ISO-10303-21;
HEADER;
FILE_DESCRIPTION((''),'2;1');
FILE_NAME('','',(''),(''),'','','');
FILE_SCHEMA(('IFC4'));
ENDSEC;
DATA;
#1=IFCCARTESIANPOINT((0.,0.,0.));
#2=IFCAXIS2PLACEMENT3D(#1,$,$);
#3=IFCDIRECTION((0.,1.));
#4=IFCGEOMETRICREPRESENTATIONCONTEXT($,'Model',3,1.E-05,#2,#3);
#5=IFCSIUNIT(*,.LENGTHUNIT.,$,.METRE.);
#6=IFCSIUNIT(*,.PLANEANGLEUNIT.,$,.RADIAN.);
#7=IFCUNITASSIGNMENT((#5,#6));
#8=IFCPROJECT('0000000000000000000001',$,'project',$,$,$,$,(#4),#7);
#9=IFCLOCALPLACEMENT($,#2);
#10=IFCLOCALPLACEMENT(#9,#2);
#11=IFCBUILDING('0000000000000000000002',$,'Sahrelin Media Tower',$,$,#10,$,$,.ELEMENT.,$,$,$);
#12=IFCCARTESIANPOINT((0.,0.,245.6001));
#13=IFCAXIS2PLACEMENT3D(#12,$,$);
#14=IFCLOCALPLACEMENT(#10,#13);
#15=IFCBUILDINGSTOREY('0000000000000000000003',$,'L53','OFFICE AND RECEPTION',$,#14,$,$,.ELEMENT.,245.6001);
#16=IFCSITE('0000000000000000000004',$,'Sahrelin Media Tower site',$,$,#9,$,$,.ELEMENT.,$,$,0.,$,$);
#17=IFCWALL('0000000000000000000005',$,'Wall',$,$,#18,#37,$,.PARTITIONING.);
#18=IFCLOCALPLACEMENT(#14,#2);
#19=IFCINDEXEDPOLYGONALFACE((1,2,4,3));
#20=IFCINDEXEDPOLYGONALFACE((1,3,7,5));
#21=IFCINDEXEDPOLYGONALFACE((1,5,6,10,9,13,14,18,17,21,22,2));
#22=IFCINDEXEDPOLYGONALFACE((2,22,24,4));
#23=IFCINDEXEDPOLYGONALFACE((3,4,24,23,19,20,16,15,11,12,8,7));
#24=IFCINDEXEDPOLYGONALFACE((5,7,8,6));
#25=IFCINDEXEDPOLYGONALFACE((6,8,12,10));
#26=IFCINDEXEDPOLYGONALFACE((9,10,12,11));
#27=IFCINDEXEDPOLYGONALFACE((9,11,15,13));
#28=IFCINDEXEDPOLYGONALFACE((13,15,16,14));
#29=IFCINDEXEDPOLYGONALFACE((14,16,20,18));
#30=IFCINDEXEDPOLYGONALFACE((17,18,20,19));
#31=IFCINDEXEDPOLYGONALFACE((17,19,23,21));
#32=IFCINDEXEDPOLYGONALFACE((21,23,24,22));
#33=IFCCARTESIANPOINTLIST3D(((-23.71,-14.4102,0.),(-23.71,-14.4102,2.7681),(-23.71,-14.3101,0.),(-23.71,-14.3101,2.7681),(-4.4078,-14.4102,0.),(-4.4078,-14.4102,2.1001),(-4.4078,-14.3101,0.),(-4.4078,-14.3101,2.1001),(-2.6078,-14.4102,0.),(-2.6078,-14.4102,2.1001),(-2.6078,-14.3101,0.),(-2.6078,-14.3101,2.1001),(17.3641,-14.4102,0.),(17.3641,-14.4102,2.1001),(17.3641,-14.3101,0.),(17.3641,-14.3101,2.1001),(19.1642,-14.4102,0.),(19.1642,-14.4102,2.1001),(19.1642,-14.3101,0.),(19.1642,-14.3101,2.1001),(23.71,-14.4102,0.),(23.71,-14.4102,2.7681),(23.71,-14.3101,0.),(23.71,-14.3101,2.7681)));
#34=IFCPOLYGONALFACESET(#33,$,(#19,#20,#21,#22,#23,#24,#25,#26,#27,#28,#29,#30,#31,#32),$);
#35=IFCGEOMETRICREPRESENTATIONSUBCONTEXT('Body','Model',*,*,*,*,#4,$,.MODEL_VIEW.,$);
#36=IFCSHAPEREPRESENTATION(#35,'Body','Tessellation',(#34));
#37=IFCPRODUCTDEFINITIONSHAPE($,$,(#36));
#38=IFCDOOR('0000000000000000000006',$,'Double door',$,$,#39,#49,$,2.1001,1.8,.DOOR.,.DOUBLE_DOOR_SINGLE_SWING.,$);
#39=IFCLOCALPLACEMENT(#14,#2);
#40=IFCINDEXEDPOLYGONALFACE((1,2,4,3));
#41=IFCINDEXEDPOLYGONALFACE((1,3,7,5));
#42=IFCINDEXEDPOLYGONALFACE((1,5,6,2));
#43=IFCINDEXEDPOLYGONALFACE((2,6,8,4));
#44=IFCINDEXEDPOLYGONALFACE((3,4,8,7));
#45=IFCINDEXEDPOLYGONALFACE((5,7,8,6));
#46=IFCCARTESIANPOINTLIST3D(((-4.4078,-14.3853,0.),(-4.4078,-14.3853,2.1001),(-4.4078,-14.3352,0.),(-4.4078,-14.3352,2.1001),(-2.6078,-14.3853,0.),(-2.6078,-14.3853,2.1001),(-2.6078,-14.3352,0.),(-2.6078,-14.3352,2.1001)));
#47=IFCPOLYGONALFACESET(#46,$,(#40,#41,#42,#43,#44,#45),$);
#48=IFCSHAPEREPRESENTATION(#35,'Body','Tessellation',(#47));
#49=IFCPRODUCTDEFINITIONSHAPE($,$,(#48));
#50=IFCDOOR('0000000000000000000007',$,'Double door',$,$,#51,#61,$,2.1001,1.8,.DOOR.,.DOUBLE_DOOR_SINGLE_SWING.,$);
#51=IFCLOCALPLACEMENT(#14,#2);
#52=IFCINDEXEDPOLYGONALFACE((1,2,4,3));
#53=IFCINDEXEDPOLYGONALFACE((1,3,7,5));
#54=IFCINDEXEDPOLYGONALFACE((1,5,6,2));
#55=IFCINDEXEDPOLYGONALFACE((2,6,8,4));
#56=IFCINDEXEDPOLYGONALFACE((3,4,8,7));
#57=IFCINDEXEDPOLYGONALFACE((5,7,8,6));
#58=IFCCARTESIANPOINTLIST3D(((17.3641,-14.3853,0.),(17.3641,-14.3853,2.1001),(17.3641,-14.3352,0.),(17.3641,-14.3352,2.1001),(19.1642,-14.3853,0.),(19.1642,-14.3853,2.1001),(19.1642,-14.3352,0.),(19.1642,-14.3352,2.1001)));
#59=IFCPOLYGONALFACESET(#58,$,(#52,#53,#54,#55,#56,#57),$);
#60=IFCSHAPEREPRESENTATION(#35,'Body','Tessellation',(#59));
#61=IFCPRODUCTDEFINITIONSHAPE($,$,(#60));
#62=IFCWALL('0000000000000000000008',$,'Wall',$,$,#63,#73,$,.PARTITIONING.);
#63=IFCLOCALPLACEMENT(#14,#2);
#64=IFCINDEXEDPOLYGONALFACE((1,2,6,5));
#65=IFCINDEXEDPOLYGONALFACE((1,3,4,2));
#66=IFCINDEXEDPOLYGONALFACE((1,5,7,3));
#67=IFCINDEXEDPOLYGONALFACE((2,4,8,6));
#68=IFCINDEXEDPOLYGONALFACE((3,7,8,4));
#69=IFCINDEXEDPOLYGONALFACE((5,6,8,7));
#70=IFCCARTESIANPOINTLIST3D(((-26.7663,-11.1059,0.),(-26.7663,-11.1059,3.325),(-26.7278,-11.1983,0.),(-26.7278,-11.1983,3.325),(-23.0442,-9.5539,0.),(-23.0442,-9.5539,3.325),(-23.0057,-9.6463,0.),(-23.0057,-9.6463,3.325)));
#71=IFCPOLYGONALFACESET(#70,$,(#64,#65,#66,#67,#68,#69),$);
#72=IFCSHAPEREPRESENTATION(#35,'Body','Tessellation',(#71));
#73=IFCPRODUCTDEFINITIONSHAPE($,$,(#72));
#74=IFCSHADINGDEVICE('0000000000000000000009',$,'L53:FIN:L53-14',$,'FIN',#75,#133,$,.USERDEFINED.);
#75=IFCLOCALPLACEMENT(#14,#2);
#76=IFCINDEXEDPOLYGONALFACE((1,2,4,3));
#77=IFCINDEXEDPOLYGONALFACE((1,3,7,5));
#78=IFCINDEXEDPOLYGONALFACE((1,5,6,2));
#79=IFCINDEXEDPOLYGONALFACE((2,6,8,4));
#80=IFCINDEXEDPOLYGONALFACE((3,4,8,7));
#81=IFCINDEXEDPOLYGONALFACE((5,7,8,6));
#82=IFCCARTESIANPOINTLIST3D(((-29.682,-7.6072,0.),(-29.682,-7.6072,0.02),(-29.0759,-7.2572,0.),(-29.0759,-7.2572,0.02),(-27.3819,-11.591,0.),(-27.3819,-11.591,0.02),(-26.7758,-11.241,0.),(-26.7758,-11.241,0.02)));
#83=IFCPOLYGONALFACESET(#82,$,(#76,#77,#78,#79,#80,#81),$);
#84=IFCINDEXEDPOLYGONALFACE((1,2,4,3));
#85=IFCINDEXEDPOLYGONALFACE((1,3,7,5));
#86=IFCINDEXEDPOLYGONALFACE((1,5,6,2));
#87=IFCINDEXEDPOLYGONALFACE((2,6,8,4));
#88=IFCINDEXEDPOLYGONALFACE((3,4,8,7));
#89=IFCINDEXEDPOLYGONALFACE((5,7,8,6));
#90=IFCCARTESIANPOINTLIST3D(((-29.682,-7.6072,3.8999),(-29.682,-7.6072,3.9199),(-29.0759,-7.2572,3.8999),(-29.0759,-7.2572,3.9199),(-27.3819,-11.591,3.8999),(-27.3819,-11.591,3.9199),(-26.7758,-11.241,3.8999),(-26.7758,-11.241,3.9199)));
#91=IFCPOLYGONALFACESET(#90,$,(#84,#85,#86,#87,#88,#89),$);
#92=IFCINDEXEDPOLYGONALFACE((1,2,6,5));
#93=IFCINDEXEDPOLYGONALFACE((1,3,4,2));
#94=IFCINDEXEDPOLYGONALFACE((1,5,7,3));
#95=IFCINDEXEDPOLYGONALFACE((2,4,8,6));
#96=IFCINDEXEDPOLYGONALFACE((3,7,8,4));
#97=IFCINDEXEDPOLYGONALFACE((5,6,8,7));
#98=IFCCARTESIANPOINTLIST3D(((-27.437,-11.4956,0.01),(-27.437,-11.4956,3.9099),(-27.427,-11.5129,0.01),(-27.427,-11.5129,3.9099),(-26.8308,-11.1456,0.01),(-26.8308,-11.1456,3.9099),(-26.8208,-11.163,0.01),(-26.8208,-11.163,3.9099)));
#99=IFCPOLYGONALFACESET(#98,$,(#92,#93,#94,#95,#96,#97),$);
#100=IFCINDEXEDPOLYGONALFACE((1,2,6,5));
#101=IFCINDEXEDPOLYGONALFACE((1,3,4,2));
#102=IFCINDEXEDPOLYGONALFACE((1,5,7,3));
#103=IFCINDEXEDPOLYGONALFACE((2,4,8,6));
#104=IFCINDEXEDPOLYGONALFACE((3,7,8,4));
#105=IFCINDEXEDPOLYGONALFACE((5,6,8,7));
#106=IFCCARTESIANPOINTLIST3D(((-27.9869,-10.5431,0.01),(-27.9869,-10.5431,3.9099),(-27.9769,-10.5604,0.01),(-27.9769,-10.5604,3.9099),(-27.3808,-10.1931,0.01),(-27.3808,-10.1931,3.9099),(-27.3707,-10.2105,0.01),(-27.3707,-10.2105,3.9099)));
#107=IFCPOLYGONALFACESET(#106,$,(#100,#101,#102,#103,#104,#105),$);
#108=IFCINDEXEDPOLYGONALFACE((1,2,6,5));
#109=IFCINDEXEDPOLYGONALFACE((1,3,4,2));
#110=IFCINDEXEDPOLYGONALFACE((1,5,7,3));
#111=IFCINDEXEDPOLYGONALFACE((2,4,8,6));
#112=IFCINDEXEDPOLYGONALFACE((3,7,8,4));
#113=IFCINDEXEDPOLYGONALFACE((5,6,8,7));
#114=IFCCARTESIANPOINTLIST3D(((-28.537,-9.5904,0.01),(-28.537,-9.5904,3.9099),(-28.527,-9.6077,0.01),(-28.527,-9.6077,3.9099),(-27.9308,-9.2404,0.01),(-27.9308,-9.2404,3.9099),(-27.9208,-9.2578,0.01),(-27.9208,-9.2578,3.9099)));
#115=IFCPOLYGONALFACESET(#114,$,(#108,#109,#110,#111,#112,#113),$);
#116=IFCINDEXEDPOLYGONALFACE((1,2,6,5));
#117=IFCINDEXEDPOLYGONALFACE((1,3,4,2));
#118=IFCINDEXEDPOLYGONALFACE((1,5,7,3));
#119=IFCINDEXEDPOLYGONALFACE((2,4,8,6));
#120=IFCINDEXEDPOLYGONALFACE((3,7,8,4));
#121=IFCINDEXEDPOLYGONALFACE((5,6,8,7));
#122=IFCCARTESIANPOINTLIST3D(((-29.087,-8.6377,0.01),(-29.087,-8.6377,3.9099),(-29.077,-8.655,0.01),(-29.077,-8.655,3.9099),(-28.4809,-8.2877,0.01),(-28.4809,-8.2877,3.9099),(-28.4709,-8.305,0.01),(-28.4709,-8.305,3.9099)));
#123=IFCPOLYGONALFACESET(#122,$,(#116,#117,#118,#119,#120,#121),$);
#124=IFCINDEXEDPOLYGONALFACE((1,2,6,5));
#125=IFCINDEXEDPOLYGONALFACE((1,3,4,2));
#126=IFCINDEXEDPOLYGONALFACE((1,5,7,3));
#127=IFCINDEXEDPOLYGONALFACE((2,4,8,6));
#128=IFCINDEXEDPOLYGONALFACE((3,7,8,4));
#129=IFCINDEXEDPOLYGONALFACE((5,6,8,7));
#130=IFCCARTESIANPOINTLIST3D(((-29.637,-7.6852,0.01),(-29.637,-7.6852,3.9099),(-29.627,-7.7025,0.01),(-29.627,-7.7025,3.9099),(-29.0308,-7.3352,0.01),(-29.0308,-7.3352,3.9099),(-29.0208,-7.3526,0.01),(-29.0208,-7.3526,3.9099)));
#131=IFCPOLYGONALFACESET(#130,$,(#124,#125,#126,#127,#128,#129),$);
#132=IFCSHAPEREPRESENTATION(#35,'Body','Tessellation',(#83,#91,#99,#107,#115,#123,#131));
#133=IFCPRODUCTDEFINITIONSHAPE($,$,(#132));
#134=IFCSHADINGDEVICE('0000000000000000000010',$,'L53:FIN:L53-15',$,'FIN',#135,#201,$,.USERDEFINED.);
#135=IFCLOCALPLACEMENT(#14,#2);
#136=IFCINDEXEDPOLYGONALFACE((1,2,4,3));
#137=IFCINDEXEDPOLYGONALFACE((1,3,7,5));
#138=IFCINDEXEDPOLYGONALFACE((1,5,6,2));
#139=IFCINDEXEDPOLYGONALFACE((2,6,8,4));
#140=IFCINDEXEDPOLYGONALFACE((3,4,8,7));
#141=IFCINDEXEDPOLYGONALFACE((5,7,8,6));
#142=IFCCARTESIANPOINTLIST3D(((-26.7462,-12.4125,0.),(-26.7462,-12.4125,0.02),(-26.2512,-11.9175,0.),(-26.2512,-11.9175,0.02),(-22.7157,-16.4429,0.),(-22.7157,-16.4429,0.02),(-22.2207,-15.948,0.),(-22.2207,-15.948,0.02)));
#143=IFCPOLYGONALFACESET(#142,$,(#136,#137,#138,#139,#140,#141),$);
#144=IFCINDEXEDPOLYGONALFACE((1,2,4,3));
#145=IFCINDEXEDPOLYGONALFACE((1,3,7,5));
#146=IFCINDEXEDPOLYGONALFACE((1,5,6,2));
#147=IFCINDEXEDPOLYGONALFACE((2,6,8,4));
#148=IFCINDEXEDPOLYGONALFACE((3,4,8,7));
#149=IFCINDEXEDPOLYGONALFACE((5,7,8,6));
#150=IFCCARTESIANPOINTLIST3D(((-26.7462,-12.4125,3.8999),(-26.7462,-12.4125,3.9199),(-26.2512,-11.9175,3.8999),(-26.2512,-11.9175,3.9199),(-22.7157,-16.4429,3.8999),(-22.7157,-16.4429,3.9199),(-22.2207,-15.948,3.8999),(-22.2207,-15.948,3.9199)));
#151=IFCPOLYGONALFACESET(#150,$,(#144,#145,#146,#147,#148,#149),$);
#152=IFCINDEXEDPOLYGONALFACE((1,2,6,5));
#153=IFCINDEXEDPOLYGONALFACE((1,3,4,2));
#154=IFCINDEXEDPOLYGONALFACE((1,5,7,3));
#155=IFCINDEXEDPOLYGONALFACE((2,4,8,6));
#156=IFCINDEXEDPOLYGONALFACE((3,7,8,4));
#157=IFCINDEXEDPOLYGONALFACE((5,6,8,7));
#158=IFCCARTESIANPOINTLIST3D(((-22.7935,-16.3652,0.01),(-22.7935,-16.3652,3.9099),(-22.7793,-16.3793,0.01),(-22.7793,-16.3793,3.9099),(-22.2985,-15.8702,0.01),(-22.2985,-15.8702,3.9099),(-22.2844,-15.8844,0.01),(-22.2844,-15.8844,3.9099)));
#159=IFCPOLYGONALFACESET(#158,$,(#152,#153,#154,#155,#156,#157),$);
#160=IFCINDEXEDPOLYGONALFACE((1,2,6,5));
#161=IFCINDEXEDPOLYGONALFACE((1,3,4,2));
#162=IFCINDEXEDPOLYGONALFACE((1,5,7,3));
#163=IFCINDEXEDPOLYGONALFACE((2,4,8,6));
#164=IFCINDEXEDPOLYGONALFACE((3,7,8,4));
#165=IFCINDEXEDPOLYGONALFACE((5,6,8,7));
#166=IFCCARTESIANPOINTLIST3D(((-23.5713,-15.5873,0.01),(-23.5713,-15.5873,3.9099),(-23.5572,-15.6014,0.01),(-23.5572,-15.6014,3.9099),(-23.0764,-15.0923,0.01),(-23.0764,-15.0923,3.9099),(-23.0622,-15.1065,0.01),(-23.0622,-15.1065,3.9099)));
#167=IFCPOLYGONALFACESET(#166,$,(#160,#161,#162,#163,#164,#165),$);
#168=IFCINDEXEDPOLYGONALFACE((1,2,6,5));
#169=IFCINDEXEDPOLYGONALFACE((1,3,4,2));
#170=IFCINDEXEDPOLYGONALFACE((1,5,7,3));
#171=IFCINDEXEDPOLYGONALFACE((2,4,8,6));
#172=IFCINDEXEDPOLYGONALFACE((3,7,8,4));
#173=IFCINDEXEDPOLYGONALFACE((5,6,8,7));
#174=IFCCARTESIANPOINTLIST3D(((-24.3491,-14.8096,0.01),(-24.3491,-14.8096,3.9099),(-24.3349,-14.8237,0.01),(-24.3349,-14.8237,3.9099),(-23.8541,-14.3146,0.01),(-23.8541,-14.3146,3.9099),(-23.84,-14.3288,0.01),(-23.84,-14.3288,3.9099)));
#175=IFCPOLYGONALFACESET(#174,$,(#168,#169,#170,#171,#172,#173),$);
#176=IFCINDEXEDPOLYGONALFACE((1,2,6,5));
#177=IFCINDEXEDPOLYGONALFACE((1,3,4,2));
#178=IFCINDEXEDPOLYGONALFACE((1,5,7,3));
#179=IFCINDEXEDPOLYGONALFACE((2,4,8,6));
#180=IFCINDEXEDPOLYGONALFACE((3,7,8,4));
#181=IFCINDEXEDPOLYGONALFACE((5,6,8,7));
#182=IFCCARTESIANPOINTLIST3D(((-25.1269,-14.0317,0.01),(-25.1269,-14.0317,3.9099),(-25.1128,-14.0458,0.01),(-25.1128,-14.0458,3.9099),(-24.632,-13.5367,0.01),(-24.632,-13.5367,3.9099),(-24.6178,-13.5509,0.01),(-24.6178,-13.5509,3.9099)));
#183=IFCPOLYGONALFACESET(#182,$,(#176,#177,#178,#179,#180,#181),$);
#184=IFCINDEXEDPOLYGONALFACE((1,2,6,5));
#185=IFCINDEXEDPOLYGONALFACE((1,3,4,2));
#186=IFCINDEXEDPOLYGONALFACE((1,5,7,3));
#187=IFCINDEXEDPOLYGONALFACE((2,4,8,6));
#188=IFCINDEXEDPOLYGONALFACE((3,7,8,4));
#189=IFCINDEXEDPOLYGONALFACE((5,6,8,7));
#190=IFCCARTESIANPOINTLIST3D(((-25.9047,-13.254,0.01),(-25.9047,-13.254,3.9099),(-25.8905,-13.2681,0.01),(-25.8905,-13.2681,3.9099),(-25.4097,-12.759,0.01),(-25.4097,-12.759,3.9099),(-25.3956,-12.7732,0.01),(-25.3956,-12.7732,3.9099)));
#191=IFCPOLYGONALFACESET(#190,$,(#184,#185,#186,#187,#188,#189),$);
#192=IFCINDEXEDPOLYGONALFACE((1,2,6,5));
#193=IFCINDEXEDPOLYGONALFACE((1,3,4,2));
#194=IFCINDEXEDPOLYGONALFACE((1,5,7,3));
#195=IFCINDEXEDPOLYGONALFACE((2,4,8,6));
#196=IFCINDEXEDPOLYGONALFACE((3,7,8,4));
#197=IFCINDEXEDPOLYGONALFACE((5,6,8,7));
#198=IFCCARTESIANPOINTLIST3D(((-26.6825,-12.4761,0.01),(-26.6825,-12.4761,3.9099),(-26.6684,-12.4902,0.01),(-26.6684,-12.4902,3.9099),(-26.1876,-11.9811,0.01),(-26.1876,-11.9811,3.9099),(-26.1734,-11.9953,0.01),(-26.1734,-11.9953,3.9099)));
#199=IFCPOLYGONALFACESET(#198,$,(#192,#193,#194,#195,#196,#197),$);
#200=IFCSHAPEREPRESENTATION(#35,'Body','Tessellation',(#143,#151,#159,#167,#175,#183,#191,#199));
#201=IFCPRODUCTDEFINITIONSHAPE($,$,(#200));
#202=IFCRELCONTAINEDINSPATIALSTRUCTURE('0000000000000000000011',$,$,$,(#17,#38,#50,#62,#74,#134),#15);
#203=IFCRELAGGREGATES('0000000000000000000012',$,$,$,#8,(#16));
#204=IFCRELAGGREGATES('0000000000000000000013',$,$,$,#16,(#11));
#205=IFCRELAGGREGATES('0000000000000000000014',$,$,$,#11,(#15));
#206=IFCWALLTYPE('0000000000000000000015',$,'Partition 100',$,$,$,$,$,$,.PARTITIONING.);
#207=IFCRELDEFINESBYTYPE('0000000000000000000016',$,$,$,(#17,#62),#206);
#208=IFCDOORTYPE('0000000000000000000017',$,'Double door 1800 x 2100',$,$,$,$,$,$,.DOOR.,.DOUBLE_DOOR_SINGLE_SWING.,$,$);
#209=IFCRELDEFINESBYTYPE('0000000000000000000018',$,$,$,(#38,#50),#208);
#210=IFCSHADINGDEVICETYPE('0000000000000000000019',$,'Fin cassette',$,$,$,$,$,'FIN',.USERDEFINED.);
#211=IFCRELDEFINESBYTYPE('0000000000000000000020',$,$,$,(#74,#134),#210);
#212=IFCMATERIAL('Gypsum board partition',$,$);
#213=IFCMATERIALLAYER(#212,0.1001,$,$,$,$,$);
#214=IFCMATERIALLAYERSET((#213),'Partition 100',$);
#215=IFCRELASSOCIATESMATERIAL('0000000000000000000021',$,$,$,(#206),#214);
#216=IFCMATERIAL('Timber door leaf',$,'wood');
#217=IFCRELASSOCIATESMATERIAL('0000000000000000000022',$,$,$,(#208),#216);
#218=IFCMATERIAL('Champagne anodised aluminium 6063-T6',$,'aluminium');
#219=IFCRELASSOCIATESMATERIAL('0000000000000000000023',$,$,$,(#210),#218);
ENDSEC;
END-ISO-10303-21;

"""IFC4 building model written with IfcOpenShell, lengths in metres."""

from ifc_helpers import new_model, si_unit, direction, frame, frame_2d, origin, origin_2d, place, context, subcontext, project, spatial, rectangle, extrude, material, layer, layer_set, type_object, element, fill, save


model = new_model("IFC4")

# Units and contexts
model_context = context("Model", 3, precision=1e-05, world=origin(), true_north=direction((0.0, 1.0)))
body_context = subcontext(model_context, "Body", "Model", "MODEL_VIEW")
ifc_project = project(units=[si_unit("LENGTHUNIT", "METRE"), si_unit("PLANEANGLEUNIT", "RADIAN")], contexts=[model_context])

# Site, building, storey
site_placement = place(None, origin())
site = spatial("IfcSite", under=ifc_project, at=site_placement, Name="Sahrelin Media Tower site", CompositionType="ELEMENT", RefElevation=0.0)
building_placement = place(site_placement, origin())
building = spatial("IfcBuilding", under=site, at=building_placement, Name="Sahrelin Media Tower", CompositionType="ELEMENT")
storey_placement = place(building_placement, frame((0.0, 0.0, 245.6001)))
storey = spatial("IfcBuildingStorey", under=building, at=storey_placement, Name="L53", Description="OFFICE AND RECEPTION", CompositionType="ELEMENT", Elevation=245.6001)

# Shared definitions
ifc_material_1 = material(Name="Champagne anodised aluminium 6063-T6", Category="aluminium")

# Wall, openings, doors
ifc_material_2 = material(Name="Gypsum board partition")
ifc_layer_1 = layer(ifc_material_2, 0.1001)
ifc_layer_set_1 = layer_set([ifc_layer_1], Name="Partition 100")
wall_type_1 = type_object("IfcWallType", Name="Partition 100", PredefinedType="PARTITIONING", material=ifc_layer_set_1)
wall_1_placement = place(storey_placement, frame((-23.71, -14.3601, 0.0), z_axis=(0.0, 0.0, 1.0), x_axis=(1.0, 0.0, 0.0)))
wall_1 = element("IfcWall", 1, at=wall_1_placement, inside=storey, type_object=wall_type_1, Name="Wall", PredefinedType="PARTITIONING", context=body_context, shape_type="SweptSolid", body=[
    extrude(rectangle(XDim=47.4199, YDim=0.1001, at=frame_2d((23.71, 0.0))), origin(), (0.0, 0.0, 1.0), 2.7681),
])
opening_1_placement = place(wall_1_placement, frame((19.3022, 0.0, 0.0)))
opening_1 = element("IfcOpeningElement", 2, at=opening_1_placement, cuts=wall_1, PredefinedType="OPENING", context=body_context, shape_type="SweptSolid", body=[
    extrude(rectangle(XDim=1.8, YDim=2.1001, at=frame_2d((0.8999, 1.05))), frame((0.0, 0.05, 0.0), z_axis=(0.0, -1.0, 0.0), x_axis=(1.0, 0.0, 0.0)), (0.0, 0.0, 1.0), 0.1001),
])
opening_2_placement = place(wall_1_placement, frame((41.0742, 0.0, 0.0)))
opening_2 = element("IfcOpeningElement", 3, at=opening_2_placement, cuts=wall_1, PredefinedType="OPENING", context=body_context, shape_type="SweptSolid", body=[
    extrude(rectangle(XDim=1.8, YDim=2.1001, at=frame_2d((0.8999, 1.05))), frame((0.0, 0.05, 0.0), z_axis=(0.0, -1.0, 0.0), x_axis=(1.0, 0.0, 0.0)), (0.0, 0.0, 1.0), 0.1001),
])
ifc_material_3 = material(Name="Timber door leaf", Category="wood")
door_type_1 = type_object("IfcDoorType", Name="Double door 1800 x 2100", OperationType="DOUBLE_DOOR_SINGLE_SWING", PredefinedType="DOOR", material=ifc_material_3)
door_1_placement = place(opening_1_placement, origin())
door_1 = element("IfcDoor", 4, at=door_1_placement, inside=storey, type_object=door_type_1, Name="Double door", OperationType="DOUBLE_DOOR_SINGLE_SWING", OverallHeight=2.1001, OverallWidth=1.8, PredefinedType="DOOR", context=body_context, shape_type="SweptSolid", body=[
    extrude(rectangle(XDim=1.8, YDim=2.1001, at=frame_2d((0.8999, 1.05))), frame((0.0, 0.0249, 0.0), z_axis=(0.0, -1.0, 0.0), x_axis=(1.0, 0.0, 0.0)), (0.0, 0.0, 1.0), 0.05),
])
fill(opening_1, door_1)
door_2_placement = place(opening_2_placement, origin())
door_2 = element("IfcDoor", 5, at=door_2_placement, inside=storey, type_object=door_type_1, Name="Double door", OperationType="DOUBLE_DOOR_SINGLE_SWING", OverallHeight=2.1001, OverallWidth=1.8, PredefinedType="DOOR", context=body_context, shape_type="SweptSolid", body=[
    extrude(rectangle(XDim=1.8, YDim=2.1001, at=frame_2d((0.8999, 1.05))), frame((0.0, 0.0249, 0.0), z_axis=(0.0, -1.0, 0.0), x_axis=(1.0, 0.0, 0.0)), (0.0, 0.0, 1.0), 0.05),
])
fill(opening_2, door_2)

# Wall
wall_2_placement = place(storey_placement, frame((-26.7471, -11.1521, 0.0), z_axis=(0.0, 0.0, 1.0), x_axis=(0.92298, 0.384847, 0.0)))
element("IfcWall", 6, at=wall_2_placement, inside=storey, type_object=wall_type_1, Name="Wall", PredefinedType="PARTITIONING", context=body_context, shape_type="SweptSolid", body=[
    extrude(rectangle(XDim=4.0327, YDim=0.1001, at=frame_2d((2.0164, 0.0))), origin(), (0.0, 0.0, 1.0), 3.325),
])

# Shading devices
shading_device_type_1 = type_object("IfcShadingDeviceType", Name="Fin cassette", ElementType="FIN", PredefinedType="USERDEFINED", material=ifc_material_1)
placement_1 = place(storey_placement, frame((-27.8652, -9.2141, 0.0), z_axis=(0.0, 0.0, 1.0), x_axis=(-0.500011, 0.866019, 0.0)))
element("IfcShadingDevice", 7, at=placement_1, inside=storey, type_object=shading_device_type_1, Name="L53:FIN:L53-14", ObjectType="FIN", PredefinedType="USERDEFINED", context=body_context, shape_type="SweptSolid", body=[
    extrude(rectangle(XDim=4.6001, YDim=0.7, at=origin_2d()), frame((0.0, 0.4199, 0.0)), (0.0, 0.0, 1.0), 0.02),
    extrude(rectangle(XDim=4.6001, YDim=0.7, at=origin_2d()), frame((0.0, 0.4199, 3.8999)), (0.0, 0.0, 1.0), 0.02),
    extrude(rectangle(XDim=0.02, YDim=0.7, at=origin_2d()), frame((-2.2, 0.4199, 0.01), z_axis=(0.0, 0.0, 1.0), x_axis=(1.0, 0.0, 0.0)), (0.0, 0.0, 1.0), 3.8999),
    extrude(rectangle(XDim=0.02, YDim=0.7, at=origin_2d()), frame((-1.1001, 0.4199, 0.01), z_axis=(0.0, 0.0, 1.0), x_axis=(1.0, 0.0, 0.0)), (0.0, 0.0, 1.0), 3.8999),
    extrude(rectangle(XDim=0.02, YDim=0.7, at=origin_2d()), frame((0.0, 0.4199, 0.01), z_axis=(0.0, 0.0, 1.0), x_axis=(1.0, 0.0, 0.0)), (0.0, 0.0, 1.0), 3.8999),
    extrude(rectangle(XDim=0.02, YDim=0.7, at=origin_2d()), frame((1.1001, 0.4199, 0.01), z_axis=(0.0, 0.0, 1.0), x_axis=(1.0, 0.0, 0.0)), (0.0, 0.0, 1.0), 3.8999),
    extrude(rectangle(XDim=0.02, YDim=0.7, at=origin_2d()), frame((2.2, 0.4199, 0.01), z_axis=(0.0, 0.0, 1.0), x_axis=(1.0, 0.0, 0.0)), (0.0, 0.0, 1.0), 3.8999),
])
placement_2 = place(storey_placement, frame((-24.1865, -13.8833, 0.0), z_axis=(0.0, 0.0, 1.0), x_axis=(-0.707107, 0.707107, 0.0)))
element("IfcShadingDevice", 8, at=placement_2, inside=storey, type_object=shading_device_type_1, Name="L53:FIN:L53-15", ObjectType="FIN", PredefinedType="USERDEFINED", context=body_context, shape_type="SweptSolid", body=[
    extrude(rectangle(XDim=5.7, YDim=0.7, at=origin_2d()), frame((0.0, 0.4199, 0.0)), (0.0, 0.0, 1.0), 0.02),
    extrude(rectangle(XDim=5.7, YDim=0.7, at=origin_2d()), frame((0.0, 0.4199, 3.8999)), (0.0, 0.0, 1.0), 0.02),
    extrude(rectangle(XDim=0.02, YDim=0.7, at=origin_2d()), frame((-2.75, 0.4199, 0.01), z_axis=(0.0, 0.0, 1.0), x_axis=(1.0, 0.0, 0.0)), (0.0, 0.0, 1.0), 3.8999),
    extrude(rectangle(XDim=0.02, YDim=0.7, at=origin_2d()), frame((-1.6499, 0.4199, 0.01), z_axis=(0.0, 0.0, 1.0), x_axis=(1.0, 0.0, 0.0)), (0.0, 0.0, 1.0), 3.8999),
    extrude(rectangle(XDim=0.02, YDim=0.7, at=origin_2d()), frame((-0.55, 0.4199, 0.01), z_axis=(0.0, 0.0, 1.0), x_axis=(1.0, 0.0, 0.0)), (0.0, 0.0, 1.0), 3.8999),
    extrude(rectangle(XDim=0.02, YDim=0.7, at=origin_2d()), frame((0.55, 0.4199, 0.01), z_axis=(0.0, 0.0, 1.0), x_axis=(1.0, 0.0, 0.0)), (0.0, 0.0, 1.0), 3.8999),
    extrude(rectangle(XDim=0.02, YDim=0.7, at=origin_2d()), frame((1.6499, 0.4199, 0.01), z_axis=(0.0, 0.0, 1.0), x_axis=(1.0, 0.0, 0.0)), (0.0, 0.0, 1.0), 3.8999),
    extrude(rectangle(XDim=0.02, YDim=0.7, at=origin_2d()), frame((2.75, 0.4199, 0.01), z_axis=(0.0, 0.0, 1.0), x_axis=(1.0, 0.0, 0.0)), (0.0, 0.0, 1.0), 3.8999),
])

save(model, "model.ifc")
